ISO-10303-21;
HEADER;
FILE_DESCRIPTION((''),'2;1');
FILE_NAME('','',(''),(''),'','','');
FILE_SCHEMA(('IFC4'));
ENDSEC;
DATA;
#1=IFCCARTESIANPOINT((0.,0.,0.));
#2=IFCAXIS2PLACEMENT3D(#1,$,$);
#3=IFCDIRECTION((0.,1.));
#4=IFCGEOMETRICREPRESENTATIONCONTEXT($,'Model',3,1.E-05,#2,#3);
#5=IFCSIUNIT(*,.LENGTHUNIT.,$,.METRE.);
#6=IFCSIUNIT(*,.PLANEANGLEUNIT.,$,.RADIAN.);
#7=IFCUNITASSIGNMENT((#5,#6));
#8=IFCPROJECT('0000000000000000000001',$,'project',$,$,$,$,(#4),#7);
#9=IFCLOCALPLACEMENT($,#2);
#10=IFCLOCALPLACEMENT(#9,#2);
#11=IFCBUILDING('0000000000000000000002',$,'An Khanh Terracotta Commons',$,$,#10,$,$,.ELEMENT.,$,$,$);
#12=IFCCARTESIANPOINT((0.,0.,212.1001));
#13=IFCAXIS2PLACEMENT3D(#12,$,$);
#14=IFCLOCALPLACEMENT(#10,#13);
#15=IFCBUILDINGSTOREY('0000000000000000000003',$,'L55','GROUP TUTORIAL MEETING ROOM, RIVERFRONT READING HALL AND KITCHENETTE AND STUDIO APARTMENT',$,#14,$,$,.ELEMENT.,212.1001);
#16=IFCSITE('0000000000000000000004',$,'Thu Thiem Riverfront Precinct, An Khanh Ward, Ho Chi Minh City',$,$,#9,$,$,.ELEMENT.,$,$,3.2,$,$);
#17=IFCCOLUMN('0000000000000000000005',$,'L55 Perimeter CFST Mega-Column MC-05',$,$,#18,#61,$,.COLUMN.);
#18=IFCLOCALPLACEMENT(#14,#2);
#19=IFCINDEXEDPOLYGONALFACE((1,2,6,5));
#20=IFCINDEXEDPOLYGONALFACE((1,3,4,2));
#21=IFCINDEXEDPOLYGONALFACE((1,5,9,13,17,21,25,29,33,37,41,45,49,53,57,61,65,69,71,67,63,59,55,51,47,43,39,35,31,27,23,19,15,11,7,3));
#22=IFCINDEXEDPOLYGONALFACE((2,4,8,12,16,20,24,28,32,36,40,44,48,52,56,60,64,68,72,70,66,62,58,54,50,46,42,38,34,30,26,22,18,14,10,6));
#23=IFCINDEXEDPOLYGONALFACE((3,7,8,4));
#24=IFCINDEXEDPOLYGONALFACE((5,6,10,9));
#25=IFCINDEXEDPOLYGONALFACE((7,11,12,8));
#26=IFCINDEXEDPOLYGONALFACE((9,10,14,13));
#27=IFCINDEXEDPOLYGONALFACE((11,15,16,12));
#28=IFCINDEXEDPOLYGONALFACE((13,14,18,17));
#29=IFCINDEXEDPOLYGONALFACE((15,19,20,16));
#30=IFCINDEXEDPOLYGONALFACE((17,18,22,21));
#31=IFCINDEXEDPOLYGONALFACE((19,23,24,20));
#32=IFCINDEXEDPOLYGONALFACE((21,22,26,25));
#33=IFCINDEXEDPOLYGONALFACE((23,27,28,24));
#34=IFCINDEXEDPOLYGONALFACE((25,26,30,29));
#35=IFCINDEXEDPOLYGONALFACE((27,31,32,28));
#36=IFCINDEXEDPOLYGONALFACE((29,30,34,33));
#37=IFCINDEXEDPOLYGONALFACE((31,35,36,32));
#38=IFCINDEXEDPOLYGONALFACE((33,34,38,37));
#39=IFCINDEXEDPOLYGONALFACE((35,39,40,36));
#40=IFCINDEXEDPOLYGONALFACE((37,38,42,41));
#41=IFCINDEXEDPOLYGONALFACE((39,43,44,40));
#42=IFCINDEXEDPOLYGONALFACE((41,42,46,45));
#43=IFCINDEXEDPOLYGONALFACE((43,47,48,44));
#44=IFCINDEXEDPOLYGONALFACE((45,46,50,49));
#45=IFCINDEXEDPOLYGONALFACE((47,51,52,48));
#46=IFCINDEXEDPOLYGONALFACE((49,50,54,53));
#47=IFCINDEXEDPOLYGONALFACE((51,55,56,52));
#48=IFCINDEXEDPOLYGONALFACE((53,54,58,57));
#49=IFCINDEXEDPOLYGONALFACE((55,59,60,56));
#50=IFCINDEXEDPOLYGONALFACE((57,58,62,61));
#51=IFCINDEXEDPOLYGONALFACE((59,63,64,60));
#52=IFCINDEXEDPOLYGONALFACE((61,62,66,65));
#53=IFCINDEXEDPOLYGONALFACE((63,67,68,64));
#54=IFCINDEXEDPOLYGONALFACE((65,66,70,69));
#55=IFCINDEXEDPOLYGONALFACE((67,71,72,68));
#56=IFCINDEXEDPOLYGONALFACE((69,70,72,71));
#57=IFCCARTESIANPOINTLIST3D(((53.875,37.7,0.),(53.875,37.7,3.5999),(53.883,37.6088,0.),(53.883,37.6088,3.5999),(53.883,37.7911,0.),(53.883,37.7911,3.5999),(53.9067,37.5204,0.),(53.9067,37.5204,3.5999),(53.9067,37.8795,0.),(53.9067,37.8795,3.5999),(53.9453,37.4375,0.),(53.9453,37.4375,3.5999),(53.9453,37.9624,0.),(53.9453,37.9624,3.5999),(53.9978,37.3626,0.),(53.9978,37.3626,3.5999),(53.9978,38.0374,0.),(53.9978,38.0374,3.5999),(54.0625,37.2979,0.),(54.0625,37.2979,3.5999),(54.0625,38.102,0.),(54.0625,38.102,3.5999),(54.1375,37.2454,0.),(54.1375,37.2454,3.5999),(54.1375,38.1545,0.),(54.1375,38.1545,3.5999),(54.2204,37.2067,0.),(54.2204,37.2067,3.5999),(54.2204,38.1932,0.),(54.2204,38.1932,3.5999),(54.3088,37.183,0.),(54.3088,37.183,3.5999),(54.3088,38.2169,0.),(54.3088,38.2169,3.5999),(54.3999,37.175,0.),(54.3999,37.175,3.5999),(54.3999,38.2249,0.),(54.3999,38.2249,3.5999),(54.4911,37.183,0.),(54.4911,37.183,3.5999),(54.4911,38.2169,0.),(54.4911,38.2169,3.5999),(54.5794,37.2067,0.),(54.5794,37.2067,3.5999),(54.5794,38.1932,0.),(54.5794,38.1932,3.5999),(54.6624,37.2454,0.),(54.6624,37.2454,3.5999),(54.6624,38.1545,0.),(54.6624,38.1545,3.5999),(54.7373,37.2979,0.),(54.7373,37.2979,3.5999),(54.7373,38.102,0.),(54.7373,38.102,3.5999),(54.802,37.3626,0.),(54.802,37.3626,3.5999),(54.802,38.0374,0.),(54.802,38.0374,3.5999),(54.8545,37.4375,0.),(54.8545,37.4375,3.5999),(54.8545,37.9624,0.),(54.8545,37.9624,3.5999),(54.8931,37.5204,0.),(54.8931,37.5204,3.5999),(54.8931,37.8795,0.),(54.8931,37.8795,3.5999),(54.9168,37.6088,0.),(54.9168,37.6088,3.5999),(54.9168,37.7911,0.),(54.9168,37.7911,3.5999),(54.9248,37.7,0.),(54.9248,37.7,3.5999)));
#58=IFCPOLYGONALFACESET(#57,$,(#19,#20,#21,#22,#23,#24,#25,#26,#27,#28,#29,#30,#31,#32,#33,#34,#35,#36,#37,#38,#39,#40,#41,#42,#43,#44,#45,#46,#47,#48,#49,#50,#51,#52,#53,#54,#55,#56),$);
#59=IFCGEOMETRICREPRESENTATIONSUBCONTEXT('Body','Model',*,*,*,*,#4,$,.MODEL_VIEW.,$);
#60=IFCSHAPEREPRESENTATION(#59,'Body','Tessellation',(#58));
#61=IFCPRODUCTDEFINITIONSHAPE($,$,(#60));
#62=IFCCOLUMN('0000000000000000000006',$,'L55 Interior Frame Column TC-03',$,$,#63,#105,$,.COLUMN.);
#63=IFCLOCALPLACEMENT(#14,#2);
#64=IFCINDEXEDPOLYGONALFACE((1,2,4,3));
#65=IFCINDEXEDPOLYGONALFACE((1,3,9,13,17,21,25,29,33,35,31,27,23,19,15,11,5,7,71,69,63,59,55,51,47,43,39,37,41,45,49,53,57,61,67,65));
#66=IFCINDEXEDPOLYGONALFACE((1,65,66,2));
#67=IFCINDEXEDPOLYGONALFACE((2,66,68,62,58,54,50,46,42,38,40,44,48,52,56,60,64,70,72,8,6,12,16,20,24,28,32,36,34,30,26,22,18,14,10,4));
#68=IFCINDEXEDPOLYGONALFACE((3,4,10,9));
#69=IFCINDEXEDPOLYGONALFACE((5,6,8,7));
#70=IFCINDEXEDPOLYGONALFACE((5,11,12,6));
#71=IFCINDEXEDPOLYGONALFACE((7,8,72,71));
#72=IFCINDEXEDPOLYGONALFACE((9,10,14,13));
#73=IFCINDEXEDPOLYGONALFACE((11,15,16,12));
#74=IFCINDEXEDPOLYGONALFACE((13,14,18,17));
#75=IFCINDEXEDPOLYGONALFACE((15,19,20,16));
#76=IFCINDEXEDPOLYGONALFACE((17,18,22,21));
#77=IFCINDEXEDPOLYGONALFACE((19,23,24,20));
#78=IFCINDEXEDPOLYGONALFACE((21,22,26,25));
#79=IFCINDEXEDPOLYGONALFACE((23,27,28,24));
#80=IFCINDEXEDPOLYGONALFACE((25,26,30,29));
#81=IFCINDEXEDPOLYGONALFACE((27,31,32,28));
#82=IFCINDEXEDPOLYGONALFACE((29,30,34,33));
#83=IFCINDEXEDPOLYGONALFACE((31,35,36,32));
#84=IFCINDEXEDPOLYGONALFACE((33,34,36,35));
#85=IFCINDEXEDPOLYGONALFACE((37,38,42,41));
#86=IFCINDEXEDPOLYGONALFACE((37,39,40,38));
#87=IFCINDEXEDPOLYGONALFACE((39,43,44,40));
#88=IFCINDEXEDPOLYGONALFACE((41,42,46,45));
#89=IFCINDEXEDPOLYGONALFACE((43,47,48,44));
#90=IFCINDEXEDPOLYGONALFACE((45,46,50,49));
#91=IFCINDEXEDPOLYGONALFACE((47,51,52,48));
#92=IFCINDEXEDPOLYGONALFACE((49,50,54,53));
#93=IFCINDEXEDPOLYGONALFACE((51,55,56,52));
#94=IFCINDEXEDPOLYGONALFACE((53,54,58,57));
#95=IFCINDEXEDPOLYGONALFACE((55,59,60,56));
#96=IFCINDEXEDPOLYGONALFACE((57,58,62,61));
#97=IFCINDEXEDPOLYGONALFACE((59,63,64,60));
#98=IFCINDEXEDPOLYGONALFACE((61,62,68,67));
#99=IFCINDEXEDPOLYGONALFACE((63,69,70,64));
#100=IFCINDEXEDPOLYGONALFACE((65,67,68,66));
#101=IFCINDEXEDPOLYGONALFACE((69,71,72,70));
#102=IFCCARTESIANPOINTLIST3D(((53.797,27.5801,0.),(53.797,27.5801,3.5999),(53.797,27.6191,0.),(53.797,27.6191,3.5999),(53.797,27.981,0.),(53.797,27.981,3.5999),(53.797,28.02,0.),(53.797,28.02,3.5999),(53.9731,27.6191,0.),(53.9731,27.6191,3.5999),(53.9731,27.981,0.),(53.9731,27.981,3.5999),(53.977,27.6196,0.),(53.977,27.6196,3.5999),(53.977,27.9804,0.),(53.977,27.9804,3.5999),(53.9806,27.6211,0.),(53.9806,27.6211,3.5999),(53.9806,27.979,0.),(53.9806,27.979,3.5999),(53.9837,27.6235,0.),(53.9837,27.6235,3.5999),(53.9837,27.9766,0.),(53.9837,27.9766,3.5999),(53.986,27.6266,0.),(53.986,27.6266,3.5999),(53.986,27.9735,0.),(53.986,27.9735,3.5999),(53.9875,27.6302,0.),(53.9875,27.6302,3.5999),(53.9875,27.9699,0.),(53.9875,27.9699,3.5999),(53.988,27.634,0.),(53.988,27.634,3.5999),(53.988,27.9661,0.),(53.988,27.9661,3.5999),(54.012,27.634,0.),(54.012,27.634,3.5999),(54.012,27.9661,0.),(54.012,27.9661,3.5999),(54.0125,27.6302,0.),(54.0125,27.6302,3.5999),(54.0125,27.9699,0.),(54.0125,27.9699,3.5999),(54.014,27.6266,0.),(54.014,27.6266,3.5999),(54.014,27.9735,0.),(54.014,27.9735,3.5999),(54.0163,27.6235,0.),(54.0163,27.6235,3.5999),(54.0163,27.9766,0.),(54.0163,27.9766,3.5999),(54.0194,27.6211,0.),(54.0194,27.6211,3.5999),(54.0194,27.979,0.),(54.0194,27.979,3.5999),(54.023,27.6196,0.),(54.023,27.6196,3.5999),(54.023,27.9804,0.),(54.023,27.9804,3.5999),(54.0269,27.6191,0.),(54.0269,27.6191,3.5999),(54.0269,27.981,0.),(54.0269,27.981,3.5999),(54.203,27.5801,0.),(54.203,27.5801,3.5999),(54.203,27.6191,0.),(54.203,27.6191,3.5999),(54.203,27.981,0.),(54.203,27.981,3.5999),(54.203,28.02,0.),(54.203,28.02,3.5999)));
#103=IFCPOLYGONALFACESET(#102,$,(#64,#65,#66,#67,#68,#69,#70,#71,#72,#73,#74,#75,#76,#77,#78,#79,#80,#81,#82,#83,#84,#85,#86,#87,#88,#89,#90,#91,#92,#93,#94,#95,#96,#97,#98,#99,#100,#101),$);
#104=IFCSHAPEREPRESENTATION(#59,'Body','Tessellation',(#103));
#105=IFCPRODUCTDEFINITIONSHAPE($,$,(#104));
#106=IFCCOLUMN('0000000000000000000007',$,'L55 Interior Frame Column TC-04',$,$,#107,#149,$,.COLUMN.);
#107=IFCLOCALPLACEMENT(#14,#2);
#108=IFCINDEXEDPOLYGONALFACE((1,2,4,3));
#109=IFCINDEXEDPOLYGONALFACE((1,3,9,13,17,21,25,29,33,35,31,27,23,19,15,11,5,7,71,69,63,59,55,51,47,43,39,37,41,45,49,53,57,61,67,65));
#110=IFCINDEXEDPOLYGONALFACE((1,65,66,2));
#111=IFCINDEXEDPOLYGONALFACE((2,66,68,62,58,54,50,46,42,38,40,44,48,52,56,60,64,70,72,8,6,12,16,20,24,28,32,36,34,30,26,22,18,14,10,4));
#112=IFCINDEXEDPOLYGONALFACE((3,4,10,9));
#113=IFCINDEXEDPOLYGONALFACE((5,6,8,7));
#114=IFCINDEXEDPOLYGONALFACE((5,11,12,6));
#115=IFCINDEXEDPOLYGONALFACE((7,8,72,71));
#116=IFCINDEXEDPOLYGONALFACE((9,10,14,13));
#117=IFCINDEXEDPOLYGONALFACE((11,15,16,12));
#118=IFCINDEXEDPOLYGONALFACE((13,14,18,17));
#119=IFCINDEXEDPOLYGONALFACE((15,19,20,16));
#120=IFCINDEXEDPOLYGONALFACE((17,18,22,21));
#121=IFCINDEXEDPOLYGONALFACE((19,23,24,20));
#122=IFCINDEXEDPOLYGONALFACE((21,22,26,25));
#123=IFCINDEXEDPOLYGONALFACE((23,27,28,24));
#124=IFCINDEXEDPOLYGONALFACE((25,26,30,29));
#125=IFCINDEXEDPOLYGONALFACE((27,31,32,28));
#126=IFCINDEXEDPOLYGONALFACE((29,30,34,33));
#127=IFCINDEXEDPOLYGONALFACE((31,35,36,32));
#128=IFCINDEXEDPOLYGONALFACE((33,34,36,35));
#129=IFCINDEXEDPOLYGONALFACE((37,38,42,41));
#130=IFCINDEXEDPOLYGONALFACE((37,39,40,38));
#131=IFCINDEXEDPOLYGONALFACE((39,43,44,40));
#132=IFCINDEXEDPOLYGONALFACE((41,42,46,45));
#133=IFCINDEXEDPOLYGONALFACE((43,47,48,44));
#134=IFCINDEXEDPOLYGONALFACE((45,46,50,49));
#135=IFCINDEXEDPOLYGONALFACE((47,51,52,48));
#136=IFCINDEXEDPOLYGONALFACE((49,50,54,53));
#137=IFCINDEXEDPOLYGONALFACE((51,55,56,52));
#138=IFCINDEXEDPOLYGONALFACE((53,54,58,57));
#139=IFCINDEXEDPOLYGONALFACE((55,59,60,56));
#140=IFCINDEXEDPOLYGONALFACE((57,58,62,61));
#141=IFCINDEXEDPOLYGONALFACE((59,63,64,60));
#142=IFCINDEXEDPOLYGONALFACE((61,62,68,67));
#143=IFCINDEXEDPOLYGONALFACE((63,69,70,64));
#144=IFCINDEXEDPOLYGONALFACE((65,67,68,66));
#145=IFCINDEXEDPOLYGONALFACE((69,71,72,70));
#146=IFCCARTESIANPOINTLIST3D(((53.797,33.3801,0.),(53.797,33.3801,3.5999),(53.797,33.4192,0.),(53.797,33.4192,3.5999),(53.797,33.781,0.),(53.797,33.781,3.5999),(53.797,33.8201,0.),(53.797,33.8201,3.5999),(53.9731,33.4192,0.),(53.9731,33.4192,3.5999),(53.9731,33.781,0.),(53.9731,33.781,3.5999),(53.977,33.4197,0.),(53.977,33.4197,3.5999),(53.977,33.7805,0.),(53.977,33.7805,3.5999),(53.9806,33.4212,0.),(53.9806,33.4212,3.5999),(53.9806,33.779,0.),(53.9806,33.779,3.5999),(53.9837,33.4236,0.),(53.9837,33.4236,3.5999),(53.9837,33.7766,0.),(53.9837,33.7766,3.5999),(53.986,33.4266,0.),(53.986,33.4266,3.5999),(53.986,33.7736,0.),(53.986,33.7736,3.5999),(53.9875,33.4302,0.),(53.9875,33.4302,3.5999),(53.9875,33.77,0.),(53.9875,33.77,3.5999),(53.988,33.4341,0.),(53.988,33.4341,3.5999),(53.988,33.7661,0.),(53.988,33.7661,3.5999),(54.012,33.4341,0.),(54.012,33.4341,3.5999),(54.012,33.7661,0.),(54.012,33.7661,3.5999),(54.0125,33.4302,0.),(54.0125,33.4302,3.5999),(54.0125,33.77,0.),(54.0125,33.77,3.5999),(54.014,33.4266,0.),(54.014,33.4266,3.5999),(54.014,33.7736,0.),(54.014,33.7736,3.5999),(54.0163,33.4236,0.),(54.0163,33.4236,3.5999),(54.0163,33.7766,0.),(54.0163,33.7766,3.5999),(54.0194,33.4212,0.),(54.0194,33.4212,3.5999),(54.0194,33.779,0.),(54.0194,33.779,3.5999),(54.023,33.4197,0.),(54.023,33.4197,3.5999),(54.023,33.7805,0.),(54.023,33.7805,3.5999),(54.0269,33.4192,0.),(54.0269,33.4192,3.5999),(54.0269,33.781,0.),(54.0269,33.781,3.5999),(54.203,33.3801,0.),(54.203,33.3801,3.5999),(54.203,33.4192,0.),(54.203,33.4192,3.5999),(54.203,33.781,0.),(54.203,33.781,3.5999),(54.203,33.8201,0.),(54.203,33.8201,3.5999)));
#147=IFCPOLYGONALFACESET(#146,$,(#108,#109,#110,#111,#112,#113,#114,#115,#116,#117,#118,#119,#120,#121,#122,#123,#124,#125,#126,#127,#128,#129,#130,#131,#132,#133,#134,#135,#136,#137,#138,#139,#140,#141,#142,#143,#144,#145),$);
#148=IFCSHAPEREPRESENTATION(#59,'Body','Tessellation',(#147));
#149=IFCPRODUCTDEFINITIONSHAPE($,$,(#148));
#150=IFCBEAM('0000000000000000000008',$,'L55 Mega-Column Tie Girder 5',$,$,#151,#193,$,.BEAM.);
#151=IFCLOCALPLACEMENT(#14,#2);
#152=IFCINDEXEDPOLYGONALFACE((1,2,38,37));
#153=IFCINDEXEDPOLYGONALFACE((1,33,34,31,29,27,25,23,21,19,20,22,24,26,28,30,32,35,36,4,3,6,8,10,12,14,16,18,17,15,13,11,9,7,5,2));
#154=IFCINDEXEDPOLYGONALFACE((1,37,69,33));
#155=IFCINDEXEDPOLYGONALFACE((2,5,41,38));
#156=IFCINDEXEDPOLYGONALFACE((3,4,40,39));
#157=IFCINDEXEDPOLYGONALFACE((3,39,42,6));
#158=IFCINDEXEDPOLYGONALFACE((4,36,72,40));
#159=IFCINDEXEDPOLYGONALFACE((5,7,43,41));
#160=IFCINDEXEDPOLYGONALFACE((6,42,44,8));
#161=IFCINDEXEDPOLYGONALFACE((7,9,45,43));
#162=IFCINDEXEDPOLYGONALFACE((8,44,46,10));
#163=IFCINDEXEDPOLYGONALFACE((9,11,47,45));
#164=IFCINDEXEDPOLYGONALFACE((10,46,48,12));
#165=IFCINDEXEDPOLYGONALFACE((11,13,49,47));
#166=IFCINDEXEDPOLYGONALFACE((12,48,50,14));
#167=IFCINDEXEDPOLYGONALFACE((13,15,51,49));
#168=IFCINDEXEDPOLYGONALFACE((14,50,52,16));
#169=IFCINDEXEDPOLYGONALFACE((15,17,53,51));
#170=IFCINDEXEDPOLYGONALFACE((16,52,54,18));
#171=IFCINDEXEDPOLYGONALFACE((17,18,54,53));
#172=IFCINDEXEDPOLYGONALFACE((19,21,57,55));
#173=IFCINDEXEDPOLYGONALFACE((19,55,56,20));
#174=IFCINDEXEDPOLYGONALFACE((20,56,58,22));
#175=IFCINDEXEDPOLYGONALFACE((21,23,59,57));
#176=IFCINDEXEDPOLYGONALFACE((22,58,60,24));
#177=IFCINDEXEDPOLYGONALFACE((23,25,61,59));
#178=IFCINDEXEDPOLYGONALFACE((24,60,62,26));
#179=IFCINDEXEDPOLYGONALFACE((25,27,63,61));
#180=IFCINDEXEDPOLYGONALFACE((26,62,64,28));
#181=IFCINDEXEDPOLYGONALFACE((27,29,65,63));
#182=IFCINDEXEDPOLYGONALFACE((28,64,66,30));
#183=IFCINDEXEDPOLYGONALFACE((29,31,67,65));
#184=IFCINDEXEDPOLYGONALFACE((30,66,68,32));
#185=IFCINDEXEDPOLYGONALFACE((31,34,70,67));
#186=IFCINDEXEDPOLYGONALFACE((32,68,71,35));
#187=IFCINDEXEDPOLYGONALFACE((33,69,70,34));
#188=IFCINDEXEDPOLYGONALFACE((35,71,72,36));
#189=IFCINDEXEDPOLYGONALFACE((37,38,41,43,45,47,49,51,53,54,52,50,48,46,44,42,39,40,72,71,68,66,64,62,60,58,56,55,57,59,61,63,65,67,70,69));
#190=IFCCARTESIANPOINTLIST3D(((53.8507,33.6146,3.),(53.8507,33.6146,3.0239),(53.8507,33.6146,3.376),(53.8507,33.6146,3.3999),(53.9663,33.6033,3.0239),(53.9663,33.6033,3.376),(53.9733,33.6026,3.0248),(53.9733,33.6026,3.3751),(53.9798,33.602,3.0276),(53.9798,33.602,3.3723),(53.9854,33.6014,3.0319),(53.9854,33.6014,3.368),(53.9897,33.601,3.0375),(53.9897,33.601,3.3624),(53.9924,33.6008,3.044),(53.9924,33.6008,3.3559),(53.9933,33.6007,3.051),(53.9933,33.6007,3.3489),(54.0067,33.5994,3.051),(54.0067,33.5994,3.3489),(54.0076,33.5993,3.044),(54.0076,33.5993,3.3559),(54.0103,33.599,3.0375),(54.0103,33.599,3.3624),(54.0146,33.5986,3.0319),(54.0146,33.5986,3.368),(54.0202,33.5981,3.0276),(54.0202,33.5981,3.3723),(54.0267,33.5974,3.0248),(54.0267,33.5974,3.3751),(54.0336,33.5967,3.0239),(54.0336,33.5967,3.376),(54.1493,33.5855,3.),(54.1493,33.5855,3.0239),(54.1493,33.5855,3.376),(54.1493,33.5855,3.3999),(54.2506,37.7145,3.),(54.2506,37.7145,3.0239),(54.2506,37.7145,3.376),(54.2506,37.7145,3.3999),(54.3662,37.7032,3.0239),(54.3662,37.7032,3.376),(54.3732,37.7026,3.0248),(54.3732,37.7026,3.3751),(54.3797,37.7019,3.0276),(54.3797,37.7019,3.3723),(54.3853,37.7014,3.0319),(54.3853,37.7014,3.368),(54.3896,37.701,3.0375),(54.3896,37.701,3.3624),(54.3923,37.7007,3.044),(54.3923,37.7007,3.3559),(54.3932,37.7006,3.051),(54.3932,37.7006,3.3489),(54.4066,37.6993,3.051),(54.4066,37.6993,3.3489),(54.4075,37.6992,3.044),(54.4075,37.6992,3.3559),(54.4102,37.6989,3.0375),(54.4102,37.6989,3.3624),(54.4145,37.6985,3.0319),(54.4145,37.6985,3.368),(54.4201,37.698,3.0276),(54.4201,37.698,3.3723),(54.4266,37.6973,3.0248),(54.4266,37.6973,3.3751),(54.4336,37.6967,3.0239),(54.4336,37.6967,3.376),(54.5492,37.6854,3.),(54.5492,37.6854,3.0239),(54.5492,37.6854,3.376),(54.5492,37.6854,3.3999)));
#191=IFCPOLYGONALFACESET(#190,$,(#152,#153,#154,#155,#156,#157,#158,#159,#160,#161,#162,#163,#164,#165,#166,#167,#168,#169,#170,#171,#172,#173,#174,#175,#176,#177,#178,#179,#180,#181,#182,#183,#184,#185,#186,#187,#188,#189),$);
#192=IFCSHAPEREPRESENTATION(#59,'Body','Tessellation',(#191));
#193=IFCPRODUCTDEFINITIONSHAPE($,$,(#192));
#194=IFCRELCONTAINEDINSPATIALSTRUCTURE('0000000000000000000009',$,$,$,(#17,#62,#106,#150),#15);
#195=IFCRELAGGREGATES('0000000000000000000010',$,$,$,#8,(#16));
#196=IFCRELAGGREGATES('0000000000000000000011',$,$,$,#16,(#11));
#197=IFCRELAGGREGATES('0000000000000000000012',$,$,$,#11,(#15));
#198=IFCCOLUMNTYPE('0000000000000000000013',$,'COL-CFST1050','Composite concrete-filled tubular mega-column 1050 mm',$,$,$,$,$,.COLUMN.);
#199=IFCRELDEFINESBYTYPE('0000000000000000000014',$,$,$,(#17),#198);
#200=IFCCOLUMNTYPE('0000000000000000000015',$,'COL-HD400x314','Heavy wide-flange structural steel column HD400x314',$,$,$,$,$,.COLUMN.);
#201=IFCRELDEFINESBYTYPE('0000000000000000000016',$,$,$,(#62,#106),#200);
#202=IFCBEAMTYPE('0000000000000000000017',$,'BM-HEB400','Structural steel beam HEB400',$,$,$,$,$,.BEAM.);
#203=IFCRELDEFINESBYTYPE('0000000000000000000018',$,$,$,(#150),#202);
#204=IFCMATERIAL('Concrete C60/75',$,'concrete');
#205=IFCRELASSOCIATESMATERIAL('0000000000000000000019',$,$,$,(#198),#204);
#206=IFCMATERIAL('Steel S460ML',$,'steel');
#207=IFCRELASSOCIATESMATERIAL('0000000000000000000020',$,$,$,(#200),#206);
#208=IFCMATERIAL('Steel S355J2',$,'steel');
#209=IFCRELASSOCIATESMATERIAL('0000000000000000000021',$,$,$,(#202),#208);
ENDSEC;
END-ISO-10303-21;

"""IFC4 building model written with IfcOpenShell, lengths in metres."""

from ifc_helpers import new_model, si_unit, direction, frame, origin, origin_2d, place, context, subcontext, project, spatial, circle, i_section, extrude, material, material_profile, profile_set, type_object, element, save


model = new_model("IFC4")

# Units and contexts
model_context = context("Model", 3, precision=1e-05, world=origin(), true_north=direction((0.0, 1.0)))
body_context = subcontext(model_context, "Body", "Model", "MODEL_VIEW")
ifc_project = project(units=[si_unit("LENGTHUNIT", "METRE"), si_unit("PLANEANGLEUNIT", "RADIAN")], contexts=[model_context])

# Site, building, storey
site_placement = place(None, origin())
site = spatial("IfcSite", under=ifc_project, at=site_placement, Name="Thu Thiem Riverfront Precinct, An Khanh Ward, Ho Chi Minh City", CompositionType="ELEMENT", RefElevation=3.2)
building_placement = place(site_placement, origin())
building = spatial("IfcBuilding", under=site, at=building_placement, Name="An Khanh Terracotta Commons", CompositionType="ELEMENT")
storey_placement = place(building_placement, frame((0.0, 0.0, 212.1001)))
storey = spatial("IfcBuildingStorey", under=building, at=storey_placement, Name="L55", Description="GROUP TUTORIAL MEETING ROOM, RIVERFRONT READING HALL AND KITCHENETTE AND STUDIO APARTMENT", CompositionType="ELEMENT", Elevation=212.1001)

# Columns
ifc_material_1 = material(Name="Concrete C60/75", Category="concrete")
ifc_material_profile_1 = material_profile(ifc_material_1, circle(Radius=0.5249, at=origin_2d()), Name="CFST1050")
ifc_profile_set_1 = profile_set([ifc_material_profile_1], Name="Concrete C60/75")
column_type_1 = type_object("IfcColumnType", Name="COL-CFST1050", Description="Composite concrete-filled tubular mega-column 1050 mm", PredefinedType="COLUMN", material=ifc_profile_set_1)
column_placement = place(storey_placement, frame((54.3999, 37.7, 0.0), z_axis=(0.0, 0.0, 1.0), x_axis=(1.0, 0.0, 0.0)))
element("IfcColumn", 1, at=column_placement, inside=storey, type_object=column_type_1, Name="L55 Perimeter CFST Mega-Column MC-05", PredefinedType="COLUMN", context=body_context, shape_type="SweptSolid", body=[
    extrude(circle(Radius=0.5249, at=origin_2d()), origin(), (0.0, 0.0, 1.0), 3.5999),
])
ifc_material_2 = material(Name="Steel S460ML", Category="steel")
ifc_material_profile_2 = material_profile(ifc_material_2, i_section(OverallWidth=0.406, OverallDepth=0.4399, WebThickness=0.0239, FlangeThickness=0.0391, FilletRadius=0.0149, at=origin_2d()), Name="HD400x314")
ifc_profile_set_2 = profile_set([ifc_material_profile_2], Name="Steel S460ML")
column_type_2 = type_object("IfcColumnType", Name="COL-HD400x314", Description="Heavy wide-flange structural steel column HD400x314", PredefinedType="COLUMN", material=ifc_profile_set_2)
for number, where, z_axis, x_axis, name in (
    (2, (54.0, 27.8, 0.0), (0.0, 0.0, 1.0), (1.0, 0.0, 0.0), "L55 Interior Frame Column TC-03"),
    (3, (54.0, 33.6001, 0.0), (0.0, 0.0, 1.0), (1.0, 0.0, 0.0), "L55 Interior Frame Column TC-04"),
):
    element("IfcColumn", number, at=place(storey_placement, frame(where, z_axis=z_axis, x_axis=x_axis)), inside=storey, type_object=column_type_2, Name=name, PredefinedType="COLUMN", context=body_context, shape_type="SweptSolid", body=[
        extrude(i_section(OverallWidth=0.406, OverallDepth=0.4399, WebThickness=0.0239, FlangeThickness=0.0391, FilletRadius=0.0149, at=origin_2d()), origin(), (0.0, 0.0, 1.0), 3.5999),
    ])

# Beam
ifc_material_3 = material(Name="Steel S355J2", Category="steel")
ifc_material_profile_3 = material_profile(ifc_material_3, i_section(OverallWidth=0.3, OverallDepth=0.3999, WebThickness=0.0134, FlangeThickness=0.0239, FilletRadius=0.0271, at=origin_2d()), Name="HEB400")
ifc_profile_set_3 = profile_set([ifc_material_profile_3], Name="Steel S355J2")
beam_type_1 = type_object("IfcBeamType", Name="BM-HEB400", Description="Structural steel beam HEB400", PredefinedType="BEAM", material=ifc_profile_set_3)
beam_1_placement = place(storey_placement, frame((54.3999, 37.7, 3.2), z_axis=(-0.09708, -0.995277, 0.0), x_axis=(0.995277, -0.09708, 0.0)))
element("IfcBeam", 4, at=beam_1_placement, inside=storey, type_object=beam_type_1, Name="L55 Mega-Column Tie Girder 5", PredefinedType="BEAM", context=body_context, shape_type="SweptSolid", body=[
    extrude(i_section(OverallWidth=0.3, OverallDepth=0.3999, WebThickness=0.0134, FlangeThickness=0.0239, FilletRadius=0.0271, at=origin_2d()), origin(), (0.0, 0.0, 1.0), 4.1194),
])

save(model, "model.ifc")
